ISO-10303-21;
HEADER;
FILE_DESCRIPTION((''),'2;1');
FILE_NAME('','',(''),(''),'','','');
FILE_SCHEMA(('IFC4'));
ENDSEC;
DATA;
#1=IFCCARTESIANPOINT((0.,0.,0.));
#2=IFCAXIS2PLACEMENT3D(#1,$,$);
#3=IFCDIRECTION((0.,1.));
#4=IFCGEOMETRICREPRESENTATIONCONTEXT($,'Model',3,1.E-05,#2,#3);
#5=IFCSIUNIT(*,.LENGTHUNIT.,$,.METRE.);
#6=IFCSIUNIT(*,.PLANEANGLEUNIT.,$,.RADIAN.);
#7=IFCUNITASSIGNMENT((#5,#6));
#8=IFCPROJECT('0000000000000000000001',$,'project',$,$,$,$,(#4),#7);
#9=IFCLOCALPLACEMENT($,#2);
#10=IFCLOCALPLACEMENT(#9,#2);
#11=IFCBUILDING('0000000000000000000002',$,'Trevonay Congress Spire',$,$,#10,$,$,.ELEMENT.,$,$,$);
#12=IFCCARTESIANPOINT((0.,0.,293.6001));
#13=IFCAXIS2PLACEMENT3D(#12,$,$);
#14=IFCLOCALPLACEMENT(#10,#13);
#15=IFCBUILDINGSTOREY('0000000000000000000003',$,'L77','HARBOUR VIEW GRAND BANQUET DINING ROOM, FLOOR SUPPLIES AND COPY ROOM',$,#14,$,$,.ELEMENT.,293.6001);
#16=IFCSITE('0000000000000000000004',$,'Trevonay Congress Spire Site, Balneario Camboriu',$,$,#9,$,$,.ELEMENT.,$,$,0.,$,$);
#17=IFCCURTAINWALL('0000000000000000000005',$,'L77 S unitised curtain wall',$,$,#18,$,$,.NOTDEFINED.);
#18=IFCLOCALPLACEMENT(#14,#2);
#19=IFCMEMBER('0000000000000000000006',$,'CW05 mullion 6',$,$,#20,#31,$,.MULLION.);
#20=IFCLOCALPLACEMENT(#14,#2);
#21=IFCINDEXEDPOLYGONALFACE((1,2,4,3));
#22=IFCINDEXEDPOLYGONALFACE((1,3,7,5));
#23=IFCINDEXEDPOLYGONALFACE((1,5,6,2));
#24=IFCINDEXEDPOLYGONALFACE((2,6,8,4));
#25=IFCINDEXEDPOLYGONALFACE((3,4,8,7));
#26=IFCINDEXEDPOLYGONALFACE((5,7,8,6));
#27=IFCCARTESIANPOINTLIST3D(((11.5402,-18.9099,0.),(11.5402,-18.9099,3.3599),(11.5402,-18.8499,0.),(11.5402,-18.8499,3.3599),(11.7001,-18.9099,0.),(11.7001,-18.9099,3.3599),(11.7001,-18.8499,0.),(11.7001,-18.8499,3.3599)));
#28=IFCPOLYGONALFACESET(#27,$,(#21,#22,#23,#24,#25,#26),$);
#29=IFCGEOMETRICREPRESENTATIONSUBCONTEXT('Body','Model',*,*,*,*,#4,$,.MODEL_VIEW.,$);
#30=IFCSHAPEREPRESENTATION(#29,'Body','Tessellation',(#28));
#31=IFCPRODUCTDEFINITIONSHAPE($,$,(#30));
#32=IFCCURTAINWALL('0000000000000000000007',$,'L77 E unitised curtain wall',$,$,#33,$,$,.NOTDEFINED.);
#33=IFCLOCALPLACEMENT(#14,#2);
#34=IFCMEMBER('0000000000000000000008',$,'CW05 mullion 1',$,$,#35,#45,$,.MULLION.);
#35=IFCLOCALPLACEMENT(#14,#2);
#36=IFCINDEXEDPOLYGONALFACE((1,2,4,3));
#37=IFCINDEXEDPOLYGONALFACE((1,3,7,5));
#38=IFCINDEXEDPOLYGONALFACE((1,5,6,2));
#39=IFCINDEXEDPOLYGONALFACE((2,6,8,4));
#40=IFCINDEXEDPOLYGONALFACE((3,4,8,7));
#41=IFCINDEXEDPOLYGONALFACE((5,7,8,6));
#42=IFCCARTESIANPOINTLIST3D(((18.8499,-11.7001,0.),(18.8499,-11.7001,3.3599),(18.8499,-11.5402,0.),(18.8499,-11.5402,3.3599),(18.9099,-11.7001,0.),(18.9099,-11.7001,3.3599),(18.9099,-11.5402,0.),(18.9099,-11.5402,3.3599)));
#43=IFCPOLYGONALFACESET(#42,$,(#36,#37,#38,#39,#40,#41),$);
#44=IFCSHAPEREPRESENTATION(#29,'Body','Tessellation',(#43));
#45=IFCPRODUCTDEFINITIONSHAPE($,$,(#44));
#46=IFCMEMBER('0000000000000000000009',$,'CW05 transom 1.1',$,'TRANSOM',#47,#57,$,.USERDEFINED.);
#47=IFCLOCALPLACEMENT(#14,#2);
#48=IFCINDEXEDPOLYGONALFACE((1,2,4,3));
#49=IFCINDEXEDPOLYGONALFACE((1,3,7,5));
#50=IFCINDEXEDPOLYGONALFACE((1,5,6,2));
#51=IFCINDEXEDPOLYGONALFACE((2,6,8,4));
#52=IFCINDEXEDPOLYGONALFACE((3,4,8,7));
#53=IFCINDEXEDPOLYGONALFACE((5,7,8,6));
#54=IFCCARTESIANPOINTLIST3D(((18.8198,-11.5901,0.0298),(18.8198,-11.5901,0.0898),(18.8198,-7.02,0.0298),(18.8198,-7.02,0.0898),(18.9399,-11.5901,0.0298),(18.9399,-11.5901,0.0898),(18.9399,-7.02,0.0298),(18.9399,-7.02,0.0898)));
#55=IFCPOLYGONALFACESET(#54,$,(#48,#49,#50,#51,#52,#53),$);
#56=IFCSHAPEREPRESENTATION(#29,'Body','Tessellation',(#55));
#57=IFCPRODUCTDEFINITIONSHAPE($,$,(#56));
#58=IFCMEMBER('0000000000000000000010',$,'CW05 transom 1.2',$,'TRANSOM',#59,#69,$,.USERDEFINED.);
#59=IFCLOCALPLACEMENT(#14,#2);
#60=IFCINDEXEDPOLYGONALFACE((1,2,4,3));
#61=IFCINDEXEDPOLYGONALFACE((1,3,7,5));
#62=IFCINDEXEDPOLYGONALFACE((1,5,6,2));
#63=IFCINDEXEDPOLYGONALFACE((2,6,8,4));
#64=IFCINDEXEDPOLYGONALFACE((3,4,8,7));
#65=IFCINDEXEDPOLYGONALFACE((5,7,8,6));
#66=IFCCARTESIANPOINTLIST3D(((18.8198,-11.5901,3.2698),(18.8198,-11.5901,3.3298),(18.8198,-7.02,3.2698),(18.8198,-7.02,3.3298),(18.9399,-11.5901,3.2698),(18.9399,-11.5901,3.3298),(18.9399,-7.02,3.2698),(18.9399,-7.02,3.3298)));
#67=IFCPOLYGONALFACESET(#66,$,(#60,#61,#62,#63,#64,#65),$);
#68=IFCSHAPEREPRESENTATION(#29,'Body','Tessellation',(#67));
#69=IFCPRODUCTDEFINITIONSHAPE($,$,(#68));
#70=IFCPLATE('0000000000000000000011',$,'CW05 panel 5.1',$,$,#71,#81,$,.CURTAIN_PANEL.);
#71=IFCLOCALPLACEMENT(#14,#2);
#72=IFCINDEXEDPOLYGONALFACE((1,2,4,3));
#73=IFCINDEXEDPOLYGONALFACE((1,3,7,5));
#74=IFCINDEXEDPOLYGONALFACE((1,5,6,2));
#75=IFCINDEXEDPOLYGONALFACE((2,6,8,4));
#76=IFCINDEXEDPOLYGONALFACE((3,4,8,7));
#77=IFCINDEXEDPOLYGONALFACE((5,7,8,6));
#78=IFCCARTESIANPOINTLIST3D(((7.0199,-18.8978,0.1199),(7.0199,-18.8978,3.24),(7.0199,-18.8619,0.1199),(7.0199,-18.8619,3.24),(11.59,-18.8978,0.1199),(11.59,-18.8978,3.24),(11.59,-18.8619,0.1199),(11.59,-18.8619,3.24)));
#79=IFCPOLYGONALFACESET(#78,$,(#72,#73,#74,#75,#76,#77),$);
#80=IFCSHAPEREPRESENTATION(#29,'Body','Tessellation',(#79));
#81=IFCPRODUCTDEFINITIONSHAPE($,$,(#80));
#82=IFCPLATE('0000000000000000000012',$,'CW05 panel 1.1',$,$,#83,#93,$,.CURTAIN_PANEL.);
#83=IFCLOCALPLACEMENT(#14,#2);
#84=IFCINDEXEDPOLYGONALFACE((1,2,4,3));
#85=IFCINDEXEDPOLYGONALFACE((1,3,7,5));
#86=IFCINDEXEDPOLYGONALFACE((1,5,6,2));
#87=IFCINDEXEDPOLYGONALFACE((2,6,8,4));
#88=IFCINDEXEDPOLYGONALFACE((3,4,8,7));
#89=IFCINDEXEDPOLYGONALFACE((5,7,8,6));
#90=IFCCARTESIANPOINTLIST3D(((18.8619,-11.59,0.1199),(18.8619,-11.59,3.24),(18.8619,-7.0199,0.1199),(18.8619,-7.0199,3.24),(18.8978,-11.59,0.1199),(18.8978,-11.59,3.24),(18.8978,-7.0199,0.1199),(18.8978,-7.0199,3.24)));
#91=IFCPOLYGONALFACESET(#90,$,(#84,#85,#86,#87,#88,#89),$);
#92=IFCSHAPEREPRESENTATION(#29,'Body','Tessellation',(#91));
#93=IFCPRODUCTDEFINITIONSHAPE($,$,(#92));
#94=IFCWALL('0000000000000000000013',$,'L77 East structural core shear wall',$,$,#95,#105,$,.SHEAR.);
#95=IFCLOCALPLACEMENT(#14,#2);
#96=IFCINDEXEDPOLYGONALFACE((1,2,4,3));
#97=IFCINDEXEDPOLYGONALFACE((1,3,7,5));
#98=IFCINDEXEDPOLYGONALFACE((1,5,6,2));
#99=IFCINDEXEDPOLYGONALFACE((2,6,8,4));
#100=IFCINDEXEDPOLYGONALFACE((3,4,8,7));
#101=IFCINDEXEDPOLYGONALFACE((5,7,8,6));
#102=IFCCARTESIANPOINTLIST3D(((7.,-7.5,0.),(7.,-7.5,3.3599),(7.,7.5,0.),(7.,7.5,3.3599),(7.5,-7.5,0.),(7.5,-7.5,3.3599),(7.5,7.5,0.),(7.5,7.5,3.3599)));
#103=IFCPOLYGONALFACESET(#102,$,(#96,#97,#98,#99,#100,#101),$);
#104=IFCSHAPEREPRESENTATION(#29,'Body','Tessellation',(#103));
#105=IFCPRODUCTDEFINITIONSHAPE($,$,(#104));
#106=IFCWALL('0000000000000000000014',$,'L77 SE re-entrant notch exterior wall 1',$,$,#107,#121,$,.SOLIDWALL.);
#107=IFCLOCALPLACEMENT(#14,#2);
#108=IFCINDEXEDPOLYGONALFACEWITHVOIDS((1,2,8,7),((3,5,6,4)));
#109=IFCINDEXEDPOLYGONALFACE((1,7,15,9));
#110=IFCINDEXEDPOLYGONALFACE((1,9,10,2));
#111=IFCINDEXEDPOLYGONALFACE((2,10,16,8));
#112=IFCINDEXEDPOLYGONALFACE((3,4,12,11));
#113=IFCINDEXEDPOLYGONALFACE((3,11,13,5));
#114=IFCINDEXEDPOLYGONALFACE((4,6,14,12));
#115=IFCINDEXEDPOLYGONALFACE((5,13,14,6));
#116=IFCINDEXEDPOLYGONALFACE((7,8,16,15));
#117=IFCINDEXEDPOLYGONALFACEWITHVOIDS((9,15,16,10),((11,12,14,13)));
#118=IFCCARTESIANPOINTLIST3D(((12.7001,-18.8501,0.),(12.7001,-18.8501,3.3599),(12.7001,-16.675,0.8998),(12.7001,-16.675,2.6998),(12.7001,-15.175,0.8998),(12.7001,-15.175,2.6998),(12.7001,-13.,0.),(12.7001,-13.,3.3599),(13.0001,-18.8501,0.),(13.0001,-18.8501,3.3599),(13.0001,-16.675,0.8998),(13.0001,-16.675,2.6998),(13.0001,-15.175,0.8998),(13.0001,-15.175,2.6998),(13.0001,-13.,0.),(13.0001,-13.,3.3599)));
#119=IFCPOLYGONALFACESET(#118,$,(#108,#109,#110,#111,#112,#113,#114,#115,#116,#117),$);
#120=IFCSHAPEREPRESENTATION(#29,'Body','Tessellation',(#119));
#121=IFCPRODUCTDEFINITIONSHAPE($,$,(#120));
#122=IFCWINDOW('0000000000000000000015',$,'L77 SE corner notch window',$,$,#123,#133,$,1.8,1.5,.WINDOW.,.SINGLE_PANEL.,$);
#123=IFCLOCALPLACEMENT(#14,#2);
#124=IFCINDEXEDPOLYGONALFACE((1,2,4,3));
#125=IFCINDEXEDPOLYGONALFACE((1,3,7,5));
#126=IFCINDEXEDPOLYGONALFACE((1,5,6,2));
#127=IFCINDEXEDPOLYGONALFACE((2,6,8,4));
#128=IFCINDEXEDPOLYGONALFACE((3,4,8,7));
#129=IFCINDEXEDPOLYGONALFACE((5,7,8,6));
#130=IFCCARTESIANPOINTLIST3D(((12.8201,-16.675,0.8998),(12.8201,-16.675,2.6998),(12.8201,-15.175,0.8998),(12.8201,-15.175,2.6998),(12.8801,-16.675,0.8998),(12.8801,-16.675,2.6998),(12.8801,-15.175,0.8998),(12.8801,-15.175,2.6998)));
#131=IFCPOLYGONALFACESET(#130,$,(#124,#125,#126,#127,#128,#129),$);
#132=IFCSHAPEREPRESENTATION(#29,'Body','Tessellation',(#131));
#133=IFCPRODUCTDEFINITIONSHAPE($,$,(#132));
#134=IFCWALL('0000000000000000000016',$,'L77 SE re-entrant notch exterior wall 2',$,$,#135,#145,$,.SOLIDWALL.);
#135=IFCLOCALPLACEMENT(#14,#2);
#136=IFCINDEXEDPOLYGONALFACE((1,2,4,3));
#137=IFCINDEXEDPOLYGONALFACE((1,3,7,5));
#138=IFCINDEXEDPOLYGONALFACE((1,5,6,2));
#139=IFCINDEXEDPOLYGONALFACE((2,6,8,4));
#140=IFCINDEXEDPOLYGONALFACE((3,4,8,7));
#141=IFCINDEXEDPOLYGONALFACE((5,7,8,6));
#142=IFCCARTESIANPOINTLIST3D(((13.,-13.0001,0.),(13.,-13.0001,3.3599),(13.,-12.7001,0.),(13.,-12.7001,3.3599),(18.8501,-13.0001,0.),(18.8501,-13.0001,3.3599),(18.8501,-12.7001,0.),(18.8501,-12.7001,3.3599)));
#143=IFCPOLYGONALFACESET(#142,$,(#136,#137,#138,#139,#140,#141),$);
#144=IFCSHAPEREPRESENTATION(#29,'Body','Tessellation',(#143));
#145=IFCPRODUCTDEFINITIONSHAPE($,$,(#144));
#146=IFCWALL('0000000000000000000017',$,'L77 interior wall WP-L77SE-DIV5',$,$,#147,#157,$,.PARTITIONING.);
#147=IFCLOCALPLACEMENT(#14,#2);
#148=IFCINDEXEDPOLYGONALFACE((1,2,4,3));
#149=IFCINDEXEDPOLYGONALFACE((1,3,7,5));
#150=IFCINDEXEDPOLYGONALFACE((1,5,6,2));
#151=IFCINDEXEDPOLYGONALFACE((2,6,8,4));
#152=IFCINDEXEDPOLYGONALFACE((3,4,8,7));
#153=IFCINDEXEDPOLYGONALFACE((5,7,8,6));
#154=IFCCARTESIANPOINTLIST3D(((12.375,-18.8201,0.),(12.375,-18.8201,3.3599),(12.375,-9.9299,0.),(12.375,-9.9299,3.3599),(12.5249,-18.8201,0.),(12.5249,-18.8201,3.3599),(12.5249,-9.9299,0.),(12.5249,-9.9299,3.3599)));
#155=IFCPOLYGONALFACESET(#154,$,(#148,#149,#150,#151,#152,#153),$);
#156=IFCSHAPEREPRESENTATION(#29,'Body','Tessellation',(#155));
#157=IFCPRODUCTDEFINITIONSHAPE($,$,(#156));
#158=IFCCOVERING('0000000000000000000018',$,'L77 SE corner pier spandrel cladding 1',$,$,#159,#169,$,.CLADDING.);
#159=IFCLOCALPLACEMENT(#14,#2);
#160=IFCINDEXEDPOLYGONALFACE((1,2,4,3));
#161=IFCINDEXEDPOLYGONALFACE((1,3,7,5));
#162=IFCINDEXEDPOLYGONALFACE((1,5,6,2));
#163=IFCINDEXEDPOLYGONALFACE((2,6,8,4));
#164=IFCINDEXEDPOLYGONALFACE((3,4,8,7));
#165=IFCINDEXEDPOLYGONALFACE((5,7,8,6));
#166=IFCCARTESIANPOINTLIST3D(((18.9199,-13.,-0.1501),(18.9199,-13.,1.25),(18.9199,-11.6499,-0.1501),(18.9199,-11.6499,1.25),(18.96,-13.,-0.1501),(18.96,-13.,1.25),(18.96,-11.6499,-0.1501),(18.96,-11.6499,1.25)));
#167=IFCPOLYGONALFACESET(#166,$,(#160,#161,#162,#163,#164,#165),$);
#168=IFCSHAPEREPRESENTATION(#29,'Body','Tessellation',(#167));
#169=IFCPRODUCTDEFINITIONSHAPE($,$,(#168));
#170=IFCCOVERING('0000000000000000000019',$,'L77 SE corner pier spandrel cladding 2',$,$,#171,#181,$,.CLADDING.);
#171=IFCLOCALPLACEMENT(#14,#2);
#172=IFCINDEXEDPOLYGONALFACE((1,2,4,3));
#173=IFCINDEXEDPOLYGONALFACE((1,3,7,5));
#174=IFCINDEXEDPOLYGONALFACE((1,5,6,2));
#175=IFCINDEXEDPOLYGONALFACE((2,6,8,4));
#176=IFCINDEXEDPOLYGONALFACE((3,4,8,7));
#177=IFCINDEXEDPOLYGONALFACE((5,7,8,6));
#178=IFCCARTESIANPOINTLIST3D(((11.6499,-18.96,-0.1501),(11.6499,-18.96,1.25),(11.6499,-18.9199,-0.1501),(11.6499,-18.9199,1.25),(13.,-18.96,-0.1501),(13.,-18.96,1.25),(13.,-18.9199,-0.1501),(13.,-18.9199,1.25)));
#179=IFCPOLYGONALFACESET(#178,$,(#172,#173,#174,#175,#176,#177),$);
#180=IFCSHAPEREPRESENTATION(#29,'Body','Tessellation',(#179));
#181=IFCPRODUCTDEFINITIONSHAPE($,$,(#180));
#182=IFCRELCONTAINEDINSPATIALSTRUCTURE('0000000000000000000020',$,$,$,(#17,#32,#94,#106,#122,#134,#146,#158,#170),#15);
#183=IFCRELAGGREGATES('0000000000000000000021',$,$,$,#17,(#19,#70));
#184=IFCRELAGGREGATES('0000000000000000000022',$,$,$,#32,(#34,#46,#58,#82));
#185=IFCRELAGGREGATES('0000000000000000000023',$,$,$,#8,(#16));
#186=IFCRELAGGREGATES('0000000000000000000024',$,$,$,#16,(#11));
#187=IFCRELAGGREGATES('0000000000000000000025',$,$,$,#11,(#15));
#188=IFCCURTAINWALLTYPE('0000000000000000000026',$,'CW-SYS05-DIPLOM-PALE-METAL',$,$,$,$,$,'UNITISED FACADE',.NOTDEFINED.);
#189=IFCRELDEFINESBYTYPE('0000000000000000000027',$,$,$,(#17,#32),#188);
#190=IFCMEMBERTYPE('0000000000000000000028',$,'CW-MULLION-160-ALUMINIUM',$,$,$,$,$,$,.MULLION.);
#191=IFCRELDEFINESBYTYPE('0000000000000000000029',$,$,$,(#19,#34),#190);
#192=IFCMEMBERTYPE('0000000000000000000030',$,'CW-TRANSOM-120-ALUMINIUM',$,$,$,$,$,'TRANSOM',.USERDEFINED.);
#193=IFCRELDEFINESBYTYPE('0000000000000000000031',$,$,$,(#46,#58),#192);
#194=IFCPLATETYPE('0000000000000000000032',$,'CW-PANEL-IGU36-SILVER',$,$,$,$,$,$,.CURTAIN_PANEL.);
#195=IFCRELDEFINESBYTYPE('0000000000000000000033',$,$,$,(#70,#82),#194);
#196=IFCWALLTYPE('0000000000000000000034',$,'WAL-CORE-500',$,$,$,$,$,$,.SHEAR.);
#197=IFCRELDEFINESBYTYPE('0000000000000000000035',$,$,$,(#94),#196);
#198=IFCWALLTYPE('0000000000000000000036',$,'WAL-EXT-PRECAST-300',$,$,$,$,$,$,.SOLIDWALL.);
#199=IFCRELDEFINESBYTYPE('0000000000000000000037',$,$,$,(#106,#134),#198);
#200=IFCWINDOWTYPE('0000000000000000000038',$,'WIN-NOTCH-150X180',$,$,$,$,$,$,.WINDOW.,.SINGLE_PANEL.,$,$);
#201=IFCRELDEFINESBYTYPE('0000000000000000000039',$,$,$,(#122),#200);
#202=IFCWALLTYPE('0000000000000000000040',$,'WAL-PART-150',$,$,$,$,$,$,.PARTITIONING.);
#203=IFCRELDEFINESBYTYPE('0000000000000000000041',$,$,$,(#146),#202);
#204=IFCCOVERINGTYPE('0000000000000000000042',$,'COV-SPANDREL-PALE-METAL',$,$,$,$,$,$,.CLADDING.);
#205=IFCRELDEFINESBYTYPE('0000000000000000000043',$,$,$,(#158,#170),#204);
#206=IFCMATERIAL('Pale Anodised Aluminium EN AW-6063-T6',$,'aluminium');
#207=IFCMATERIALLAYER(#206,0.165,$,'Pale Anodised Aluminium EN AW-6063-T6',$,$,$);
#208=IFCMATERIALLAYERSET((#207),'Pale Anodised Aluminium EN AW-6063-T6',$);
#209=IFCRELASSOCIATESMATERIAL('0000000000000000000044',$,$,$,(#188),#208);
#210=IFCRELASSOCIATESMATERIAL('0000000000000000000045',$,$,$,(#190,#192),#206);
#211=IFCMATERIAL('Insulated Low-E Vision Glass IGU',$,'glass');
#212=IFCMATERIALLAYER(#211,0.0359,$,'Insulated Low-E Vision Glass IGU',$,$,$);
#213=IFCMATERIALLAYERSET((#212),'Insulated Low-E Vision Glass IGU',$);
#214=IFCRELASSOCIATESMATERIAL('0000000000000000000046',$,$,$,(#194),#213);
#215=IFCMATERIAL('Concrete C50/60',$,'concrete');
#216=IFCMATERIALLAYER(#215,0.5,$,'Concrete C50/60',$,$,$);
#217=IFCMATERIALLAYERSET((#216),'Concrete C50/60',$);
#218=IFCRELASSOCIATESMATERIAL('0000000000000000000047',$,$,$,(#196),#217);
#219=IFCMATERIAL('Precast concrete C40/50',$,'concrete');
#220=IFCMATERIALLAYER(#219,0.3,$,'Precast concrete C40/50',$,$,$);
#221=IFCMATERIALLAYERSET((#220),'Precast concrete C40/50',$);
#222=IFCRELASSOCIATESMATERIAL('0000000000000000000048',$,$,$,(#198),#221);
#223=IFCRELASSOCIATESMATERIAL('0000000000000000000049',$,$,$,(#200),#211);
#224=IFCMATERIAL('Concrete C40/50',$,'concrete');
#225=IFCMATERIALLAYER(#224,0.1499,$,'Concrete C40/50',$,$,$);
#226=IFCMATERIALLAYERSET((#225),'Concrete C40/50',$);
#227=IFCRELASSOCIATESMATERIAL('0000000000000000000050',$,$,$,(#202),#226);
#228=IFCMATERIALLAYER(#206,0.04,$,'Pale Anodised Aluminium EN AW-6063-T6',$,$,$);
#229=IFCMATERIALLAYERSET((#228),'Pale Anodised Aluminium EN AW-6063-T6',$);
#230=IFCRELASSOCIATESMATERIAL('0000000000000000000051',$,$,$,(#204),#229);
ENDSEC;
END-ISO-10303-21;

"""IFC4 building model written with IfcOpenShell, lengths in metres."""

from ifc_helpers import new_model, si_unit, direction, frame, frame_2d, origin, origin_2d, place, context, subcontext, project, spatial, rectangle, extrude, material, layer, layer_set, material_profile, profile_set, type_object, element, fill, aggregate, save


model = new_model("IFC4")

# Units and contexts
model_context = context("Model", 3, precision=1e-05, world=origin(), true_north=direction((0.0, 1.0)))
body_context = subcontext(model_context, "Body", "Model", "MODEL_VIEW")
ifc_project = project(units=[si_unit("LENGTHUNIT", "METRE"), si_unit("PLANEANGLEUNIT", "RADIAN")], contexts=[model_context])

# Site, building, storey
site_placement = place(None, origin())
site = spatial("IfcSite", under=ifc_project, at=site_placement, Name="Trevonay Congress Spire Site, Balneario Camboriu", CompositionType="ELEMENT", RefElevation=0.0)
building_placement = place(site_placement, origin())
building = spatial("IfcBuilding", under=site, at=building_placement, Name="Trevonay Congress Spire", CompositionType="ELEMENT")
storey_placement = place(building_placement, frame((0.0, 0.0, 293.6001)))
storey = spatial("IfcBuildingStorey", under=building, at=storey_placement, Name="L77", Description="HARBOUR VIEW GRAND BANQUET DINING ROOM, FLOOR SUPPLIES AND COPY ROOM", CompositionType="ELEMENT", Elevation=293.6001)

# Curtain wall, member
ifc_material_1 = material(Name="Pale Anodised Aluminium EN AW-6063-T6", Category="aluminium")
ifc_layer_1 = layer(ifc_material_1, 0.165, Name="Pale Anodised Aluminium EN AW-6063-T6")
ifc_layer_set_1 = layer_set([ifc_layer_1], Name="Pale Anodised Aluminium EN AW-6063-T6")
curtain_wall_type = type_object("IfcCurtainWallType", Name="CW-SYS05-DIPLOM-PALE-METAL", ElementType="UNITISED FACADE", PredefinedType="NOTDEFINED", material=ifc_layer_set_1)
curtain_wall_1_placement = place(storey_placement, origin())
curtain_wall_1 = element("IfcCurtainWall", 1, at=curtain_wall_1_placement, inside=storey, type_object=curtain_wall_type, Name="L77 S unitised curtain wall", PredefinedType="NOTDEFINED")
ifc_material_profile_1 = material_profile(ifc_material_1, rectangle(XDim=0.0601, YDim=0.1599, at=origin_2d()), Name="CW-MULLION-160-ALUMINIUM")
ifc_profile_set_1 = profile_set([ifc_material_profile_1], Name="Pale Anodised Aluminium EN AW-6063-T6")
member_type_1 = type_object("IfcMemberType", Name="CW-MULLION-160-ALUMINIUM", PredefinedType="MULLION", material=ifc_profile_set_1)
member_1_placement = place(storey_placement, frame((11.6201, -18.8799, 0.0), z_axis=(0.0, 0.0, 1.0), x_axis=(0.0, 1.0, 0.0)))
member_1 = element("IfcMember", 2, at=member_1_placement, type_object=member_type_1, Name="CW05 mullion 6", PredefinedType="MULLION", context=body_context, shape_type="SweptSolid", body=[
    extrude(rectangle(XDim=0.0601, YDim=0.1599, at=origin_2d()), origin(), (0.0, 0.0, 1.0), 3.3599),
])

# Curtain wall, members
curtain_wall_2_placement = place(storey_placement, origin())
curtain_wall_2 = element("IfcCurtainWall", 3, at=curtain_wall_2_placement, inside=storey, type_object=curtain_wall_type, Name="L77 E unitised curtain wall", PredefinedType="NOTDEFINED")
member_2_placement = place(storey_placement, frame((18.8799, -11.6201, 0.0), z_axis=(0.0, 0.0, 1.0), x_axis=(-1.0, 0.0, 0.0)))
member_2 = element("IfcMember", 4, at=member_2_placement, type_object=member_type_1, Name="CW05 mullion 1", PredefinedType="MULLION", context=body_context, shape_type="SweptSolid", body=[
    extrude(rectangle(XDim=0.0601, YDim=0.1599, at=origin_2d()), origin(), (0.0, 0.0, 1.0), 3.3599),
])
ifc_material_profile_2 = material_profile(ifc_material_1, rectangle(XDim=0.1201, YDim=0.0601, at=origin_2d()), Name="CW-TRANSOM-120-ALUMINIUM")
ifc_profile_set_2 = profile_set([ifc_material_profile_2], Name="Pale Anodised Aluminium EN AW-6063-T6")
member_type_2 = type_object("IfcMemberType", Name="CW-TRANSOM-120-ALUMINIUM", ElementType="TRANSOM", PredefinedType="USERDEFINED", material=ifc_profile_set_2)
member_3_placement = place(storey_placement, frame((18.8799, -11.5901, 0.0598), z_axis=(0.0, 1.0, 0.0), x_axis=(-1.0, 0.0, 0.0)))
member_3 = element("IfcMember", 5, at=member_3_placement, type_object=member_type_2, Name="CW05 transom 1.1", ObjectType="TRANSOM", PredefinedType="USERDEFINED", context=body_context, shape_type="SweptSolid", body=[
    extrude(rectangle(XDim=0.1201, YDim=0.0601, at=origin_2d()), origin(), (0.0, 0.0, 1.0), 4.5701),
])
member_4_placement = place(storey_placement, frame((18.8799, -11.5901, 3.2998), z_axis=(0.0, 1.0, 0.0), x_axis=(-1.0, 0.0, 0.0)))
member_4 = element("IfcMember", 6, at=member_4_placement, type_object=member_type_2, Name="CW05 transom 1.2", ObjectType="TRANSOM", PredefinedType="USERDEFINED", context=body_context, shape_type="SweptSolid", body=[
    extrude(rectangle(XDim=0.1201, YDim=0.0601, at=origin_2d()), origin(), (0.0, 0.0, 1.0), 4.5701),
])

# Plates
ifc_material_2 = material(Name="Insulated Low-E Vision Glass IGU", Category="glass")
ifc_layer_2 = layer(ifc_material_2, 0.0359, Name="Insulated Low-E Vision Glass IGU")
ifc_layer_set_2 = layer_set([ifc_layer_2], Name="Insulated Low-E Vision Glass IGU")
plate_type = type_object("IfcPlateType", Name="CW-PANEL-IGU36-SILVER", PredefinedType="CURTAIN_PANEL", material=ifc_layer_set_2)
plate_1_placement = place(storey_placement, frame((9.3049, -18.8799, 0.1199), z_axis=(0.0, 0.0, 1.0), x_axis=(1.0, 0.0, 0.0)))
plate_1 = element("IfcPlate", 7, at=plate_1_placement, type_object=plate_type, Name="CW05 panel 5.1", PredefinedType="CURTAIN_PANEL", context=body_context, shape_type="SweptSolid", body=[
    extrude(rectangle(XDim=4.5701, YDim=0.0359, at=origin_2d()), origin(), (0.0, 0.0, 1.0), 3.1201),
])
aggregate(curtain_wall_1, [member_1, plate_1])
plate_2_placement = place(storey_placement, frame((18.8799, -9.3049, 0.1199), z_axis=(0.0, 0.0, 1.0), x_axis=(0.0, 1.0, 0.0)))
plate_2 = element("IfcPlate", 8, at=plate_2_placement, type_object=plate_type, Name="CW05 panel 1.1", PredefinedType="CURTAIN_PANEL", context=body_context, shape_type="SweptSolid", body=[
    extrude(rectangle(XDim=4.5701, YDim=0.0359, at=origin_2d()), origin(), (0.0, 0.0, 1.0), 3.1201),
])
aggregate(curtain_wall_2, [member_2, member_3, member_4, plate_2])

# Wall
ifc_material_3 = material(Name="Concrete C50/60", Category="concrete")
ifc_layer_3 = layer(ifc_material_3, 0.5, Name="Concrete C50/60")
ifc_layer_set_3 = layer_set([ifc_layer_3], Name="Concrete C50/60")
wall_type_1 = type_object("IfcWallType", Name="WAL-CORE-500", PredefinedType="SHEAR", material=ifc_layer_set_3)
wall_1_placement = place(storey_placement, frame((7.25, -7.5, 0.0), z_axis=(0.0, 0.0, 1.0), x_axis=(0.0, 1.0, 0.0)))
element("IfcWall", 9, at=wall_1_placement, inside=storey, type_object=wall_type_1, Name="L77 East structural core shear wall", PredefinedType="SHEAR", context=body_context, shape_type="SweptSolid", body=[
    extrude(rectangle(XDim=15.0, YDim=0.5, at=frame_2d((7.5, 0.0))), origin(), (0.0, 0.0, 1.0), 3.3599),
])

# Wall, opening, window
ifc_material_4 = material(Name="Precast concrete C40/50", Category="concrete")
ifc_layer_4 = layer(ifc_material_4, 0.3, Name="Precast concrete C40/50")
ifc_layer_set_4 = layer_set([ifc_layer_4], Name="Precast concrete C40/50")
wall_type_2 = type_object("IfcWallType", Name="WAL-EXT-PRECAST-300", PredefinedType="SOLIDWALL", material=ifc_layer_set_4)
wall_2_placement = place(storey_placement, frame((12.8501, -18.8501, 0.0), z_axis=(0.0, 0.0, 1.0), x_axis=(0.0, 1.0, 0.0)))
wall_2 = element("IfcWall", 10, at=wall_2_placement, inside=storey, type_object=wall_type_2, Name="L77 SE re-entrant notch exterior wall 1", PredefinedType="SOLIDWALL", context=body_context, shape_type="SweptSolid", body=[
    extrude(rectangle(XDim=5.8501, YDim=0.3, at=frame_2d((2.925, 0.0))), origin(), (0.0, 0.0, 1.0), 3.3599),
])
opening_placement = place(wall_2_placement, frame((2.175, 0.0, 0.8999)))
opening = element("IfcOpeningElement", 11, at=opening_placement, cuts=wall_2, PredefinedType="OPENING", context=body_context, shape_type="SweptSolid", body=[
    extrude(rectangle(XDim=1.5, YDim=1.8, at=frame_2d((0.75, 0.8999))), frame((0.0, 0.1602, 0.0), z_axis=(0.0, -1.0, 0.0), x_axis=(1.0, 0.0, 0.0)), (0.0, 0.0, 1.0), 0.3201),
])
window_type = type_object("IfcWindowType", Name="WIN-NOTCH-150X180", PartitioningType="SINGLE_PANEL", PredefinedType="WINDOW", material=ifc_material_2)
window_placement = place(opening_placement, origin())
window = element("IfcWindow", 12, at=window_placement, inside=storey, type_object=window_type, Name="L77 SE corner notch window", OverallHeight=1.8, OverallWidth=1.5, PartitioningType="SINGLE_PANEL", PredefinedType="WINDOW", context=body_context, shape_type="SweptSolid", body=[
    extrude(rectangle(XDim=1.5, YDim=1.8, at=frame_2d((0.75, 0.8999))), frame((0.0, 0.03, 0.0), z_axis=(0.0, -1.0, 0.0), x_axis=(1.0, 0.0, 0.0)), (0.0, 0.0, 1.0), 0.0601),
])
fill(opening, window)

# Walls
wall_3_placement = place(storey_placement, frame((18.8501, -12.8501, 0.0), z_axis=(0.0, 0.0, 1.0), x_axis=(-1.0, 0.0, 0.0)))
element("IfcWall", 13, at=wall_3_placement, inside=storey, type_object=wall_type_2, Name="L77 SE re-entrant notch exterior wall 2", PredefinedType="SOLIDWALL", context=body_context, shape_type="SweptSolid", body=[
    extrude(rectangle(XDim=5.8501, YDim=0.3, at=frame_2d((2.925, 0.0))), origin(), (0.0, 0.0, 1.0), 3.3599),
])
ifc_material_5 = material(Name="Concrete C40/50", Category="concrete")
ifc_layer_5 = layer(ifc_material_5, 0.1499, Name="Concrete C40/50")
ifc_layer_set_5 = layer_set([ifc_layer_5], Name="Concrete C40/50")
wall_type_3 = type_object("IfcWallType", Name="WAL-PART-150", PredefinedType="PARTITIONING", material=ifc_layer_set_5)
wall_4_placement = place(storey_placement, frame((12.45, -18.8201, 0.0), z_axis=(0.0, 0.0, 1.0), x_axis=(0.0, 1.0, 0.0)))
element("IfcWall", 14, at=wall_4_placement, inside=storey, type_object=wall_type_3, Name="L77 interior wall WP-L77SE-DIV5", PredefinedType="PARTITIONING", context=body_context, shape_type="SweptSolid", body=[
    extrude(rectangle(XDim=8.8901, YDim=0.1499, at=frame_2d((4.4451, 0.0))), origin(), (0.0, 0.0, 1.0), 3.3599),
])

# Coverings
ifc_layer_6 = layer(ifc_material_1, 0.04, Name="Pale Anodised Aluminium EN AW-6063-T6")
ifc_layer_set_6 = layer_set([ifc_layer_6], Name="Pale Anodised Aluminium EN AW-6063-T6")
covering_type = type_object("IfcCoveringType", Name="COV-SPANDREL-PALE-METAL", PredefinedType="CLADDING", material=ifc_layer_set_6)
for number, where, z_axis, x_axis, name in (
    (15, (18.9399, -11.6499, -0.1501), (0.0, 0.0, 1.0), (0.0, -1.0, 0.0), "L77 SE corner pier spandrel cladding 1"),
    (16, (11.6499, -18.9399, -0.1501), (0.0, 0.0, 1.0), (1.0, 0.0, 0.0), "L77 SE corner pier spandrel cladding 2"),
):
    element("IfcCovering", number, at=place(storey_placement, frame(where, z_axis=z_axis, x_axis=x_axis)), inside=storey, type_object=covering_type, Name=name, PredefinedType="CLADDING", context=body_context, shape_type="SweptSolid", body=[
        extrude(rectangle(XDim=1.3501, YDim=0.04, at=frame_2d((0.675, 0.0))), origin(), (0.0, 0.0, 1.0), 1.4001),
    ])

save(model, "model.ifc")
